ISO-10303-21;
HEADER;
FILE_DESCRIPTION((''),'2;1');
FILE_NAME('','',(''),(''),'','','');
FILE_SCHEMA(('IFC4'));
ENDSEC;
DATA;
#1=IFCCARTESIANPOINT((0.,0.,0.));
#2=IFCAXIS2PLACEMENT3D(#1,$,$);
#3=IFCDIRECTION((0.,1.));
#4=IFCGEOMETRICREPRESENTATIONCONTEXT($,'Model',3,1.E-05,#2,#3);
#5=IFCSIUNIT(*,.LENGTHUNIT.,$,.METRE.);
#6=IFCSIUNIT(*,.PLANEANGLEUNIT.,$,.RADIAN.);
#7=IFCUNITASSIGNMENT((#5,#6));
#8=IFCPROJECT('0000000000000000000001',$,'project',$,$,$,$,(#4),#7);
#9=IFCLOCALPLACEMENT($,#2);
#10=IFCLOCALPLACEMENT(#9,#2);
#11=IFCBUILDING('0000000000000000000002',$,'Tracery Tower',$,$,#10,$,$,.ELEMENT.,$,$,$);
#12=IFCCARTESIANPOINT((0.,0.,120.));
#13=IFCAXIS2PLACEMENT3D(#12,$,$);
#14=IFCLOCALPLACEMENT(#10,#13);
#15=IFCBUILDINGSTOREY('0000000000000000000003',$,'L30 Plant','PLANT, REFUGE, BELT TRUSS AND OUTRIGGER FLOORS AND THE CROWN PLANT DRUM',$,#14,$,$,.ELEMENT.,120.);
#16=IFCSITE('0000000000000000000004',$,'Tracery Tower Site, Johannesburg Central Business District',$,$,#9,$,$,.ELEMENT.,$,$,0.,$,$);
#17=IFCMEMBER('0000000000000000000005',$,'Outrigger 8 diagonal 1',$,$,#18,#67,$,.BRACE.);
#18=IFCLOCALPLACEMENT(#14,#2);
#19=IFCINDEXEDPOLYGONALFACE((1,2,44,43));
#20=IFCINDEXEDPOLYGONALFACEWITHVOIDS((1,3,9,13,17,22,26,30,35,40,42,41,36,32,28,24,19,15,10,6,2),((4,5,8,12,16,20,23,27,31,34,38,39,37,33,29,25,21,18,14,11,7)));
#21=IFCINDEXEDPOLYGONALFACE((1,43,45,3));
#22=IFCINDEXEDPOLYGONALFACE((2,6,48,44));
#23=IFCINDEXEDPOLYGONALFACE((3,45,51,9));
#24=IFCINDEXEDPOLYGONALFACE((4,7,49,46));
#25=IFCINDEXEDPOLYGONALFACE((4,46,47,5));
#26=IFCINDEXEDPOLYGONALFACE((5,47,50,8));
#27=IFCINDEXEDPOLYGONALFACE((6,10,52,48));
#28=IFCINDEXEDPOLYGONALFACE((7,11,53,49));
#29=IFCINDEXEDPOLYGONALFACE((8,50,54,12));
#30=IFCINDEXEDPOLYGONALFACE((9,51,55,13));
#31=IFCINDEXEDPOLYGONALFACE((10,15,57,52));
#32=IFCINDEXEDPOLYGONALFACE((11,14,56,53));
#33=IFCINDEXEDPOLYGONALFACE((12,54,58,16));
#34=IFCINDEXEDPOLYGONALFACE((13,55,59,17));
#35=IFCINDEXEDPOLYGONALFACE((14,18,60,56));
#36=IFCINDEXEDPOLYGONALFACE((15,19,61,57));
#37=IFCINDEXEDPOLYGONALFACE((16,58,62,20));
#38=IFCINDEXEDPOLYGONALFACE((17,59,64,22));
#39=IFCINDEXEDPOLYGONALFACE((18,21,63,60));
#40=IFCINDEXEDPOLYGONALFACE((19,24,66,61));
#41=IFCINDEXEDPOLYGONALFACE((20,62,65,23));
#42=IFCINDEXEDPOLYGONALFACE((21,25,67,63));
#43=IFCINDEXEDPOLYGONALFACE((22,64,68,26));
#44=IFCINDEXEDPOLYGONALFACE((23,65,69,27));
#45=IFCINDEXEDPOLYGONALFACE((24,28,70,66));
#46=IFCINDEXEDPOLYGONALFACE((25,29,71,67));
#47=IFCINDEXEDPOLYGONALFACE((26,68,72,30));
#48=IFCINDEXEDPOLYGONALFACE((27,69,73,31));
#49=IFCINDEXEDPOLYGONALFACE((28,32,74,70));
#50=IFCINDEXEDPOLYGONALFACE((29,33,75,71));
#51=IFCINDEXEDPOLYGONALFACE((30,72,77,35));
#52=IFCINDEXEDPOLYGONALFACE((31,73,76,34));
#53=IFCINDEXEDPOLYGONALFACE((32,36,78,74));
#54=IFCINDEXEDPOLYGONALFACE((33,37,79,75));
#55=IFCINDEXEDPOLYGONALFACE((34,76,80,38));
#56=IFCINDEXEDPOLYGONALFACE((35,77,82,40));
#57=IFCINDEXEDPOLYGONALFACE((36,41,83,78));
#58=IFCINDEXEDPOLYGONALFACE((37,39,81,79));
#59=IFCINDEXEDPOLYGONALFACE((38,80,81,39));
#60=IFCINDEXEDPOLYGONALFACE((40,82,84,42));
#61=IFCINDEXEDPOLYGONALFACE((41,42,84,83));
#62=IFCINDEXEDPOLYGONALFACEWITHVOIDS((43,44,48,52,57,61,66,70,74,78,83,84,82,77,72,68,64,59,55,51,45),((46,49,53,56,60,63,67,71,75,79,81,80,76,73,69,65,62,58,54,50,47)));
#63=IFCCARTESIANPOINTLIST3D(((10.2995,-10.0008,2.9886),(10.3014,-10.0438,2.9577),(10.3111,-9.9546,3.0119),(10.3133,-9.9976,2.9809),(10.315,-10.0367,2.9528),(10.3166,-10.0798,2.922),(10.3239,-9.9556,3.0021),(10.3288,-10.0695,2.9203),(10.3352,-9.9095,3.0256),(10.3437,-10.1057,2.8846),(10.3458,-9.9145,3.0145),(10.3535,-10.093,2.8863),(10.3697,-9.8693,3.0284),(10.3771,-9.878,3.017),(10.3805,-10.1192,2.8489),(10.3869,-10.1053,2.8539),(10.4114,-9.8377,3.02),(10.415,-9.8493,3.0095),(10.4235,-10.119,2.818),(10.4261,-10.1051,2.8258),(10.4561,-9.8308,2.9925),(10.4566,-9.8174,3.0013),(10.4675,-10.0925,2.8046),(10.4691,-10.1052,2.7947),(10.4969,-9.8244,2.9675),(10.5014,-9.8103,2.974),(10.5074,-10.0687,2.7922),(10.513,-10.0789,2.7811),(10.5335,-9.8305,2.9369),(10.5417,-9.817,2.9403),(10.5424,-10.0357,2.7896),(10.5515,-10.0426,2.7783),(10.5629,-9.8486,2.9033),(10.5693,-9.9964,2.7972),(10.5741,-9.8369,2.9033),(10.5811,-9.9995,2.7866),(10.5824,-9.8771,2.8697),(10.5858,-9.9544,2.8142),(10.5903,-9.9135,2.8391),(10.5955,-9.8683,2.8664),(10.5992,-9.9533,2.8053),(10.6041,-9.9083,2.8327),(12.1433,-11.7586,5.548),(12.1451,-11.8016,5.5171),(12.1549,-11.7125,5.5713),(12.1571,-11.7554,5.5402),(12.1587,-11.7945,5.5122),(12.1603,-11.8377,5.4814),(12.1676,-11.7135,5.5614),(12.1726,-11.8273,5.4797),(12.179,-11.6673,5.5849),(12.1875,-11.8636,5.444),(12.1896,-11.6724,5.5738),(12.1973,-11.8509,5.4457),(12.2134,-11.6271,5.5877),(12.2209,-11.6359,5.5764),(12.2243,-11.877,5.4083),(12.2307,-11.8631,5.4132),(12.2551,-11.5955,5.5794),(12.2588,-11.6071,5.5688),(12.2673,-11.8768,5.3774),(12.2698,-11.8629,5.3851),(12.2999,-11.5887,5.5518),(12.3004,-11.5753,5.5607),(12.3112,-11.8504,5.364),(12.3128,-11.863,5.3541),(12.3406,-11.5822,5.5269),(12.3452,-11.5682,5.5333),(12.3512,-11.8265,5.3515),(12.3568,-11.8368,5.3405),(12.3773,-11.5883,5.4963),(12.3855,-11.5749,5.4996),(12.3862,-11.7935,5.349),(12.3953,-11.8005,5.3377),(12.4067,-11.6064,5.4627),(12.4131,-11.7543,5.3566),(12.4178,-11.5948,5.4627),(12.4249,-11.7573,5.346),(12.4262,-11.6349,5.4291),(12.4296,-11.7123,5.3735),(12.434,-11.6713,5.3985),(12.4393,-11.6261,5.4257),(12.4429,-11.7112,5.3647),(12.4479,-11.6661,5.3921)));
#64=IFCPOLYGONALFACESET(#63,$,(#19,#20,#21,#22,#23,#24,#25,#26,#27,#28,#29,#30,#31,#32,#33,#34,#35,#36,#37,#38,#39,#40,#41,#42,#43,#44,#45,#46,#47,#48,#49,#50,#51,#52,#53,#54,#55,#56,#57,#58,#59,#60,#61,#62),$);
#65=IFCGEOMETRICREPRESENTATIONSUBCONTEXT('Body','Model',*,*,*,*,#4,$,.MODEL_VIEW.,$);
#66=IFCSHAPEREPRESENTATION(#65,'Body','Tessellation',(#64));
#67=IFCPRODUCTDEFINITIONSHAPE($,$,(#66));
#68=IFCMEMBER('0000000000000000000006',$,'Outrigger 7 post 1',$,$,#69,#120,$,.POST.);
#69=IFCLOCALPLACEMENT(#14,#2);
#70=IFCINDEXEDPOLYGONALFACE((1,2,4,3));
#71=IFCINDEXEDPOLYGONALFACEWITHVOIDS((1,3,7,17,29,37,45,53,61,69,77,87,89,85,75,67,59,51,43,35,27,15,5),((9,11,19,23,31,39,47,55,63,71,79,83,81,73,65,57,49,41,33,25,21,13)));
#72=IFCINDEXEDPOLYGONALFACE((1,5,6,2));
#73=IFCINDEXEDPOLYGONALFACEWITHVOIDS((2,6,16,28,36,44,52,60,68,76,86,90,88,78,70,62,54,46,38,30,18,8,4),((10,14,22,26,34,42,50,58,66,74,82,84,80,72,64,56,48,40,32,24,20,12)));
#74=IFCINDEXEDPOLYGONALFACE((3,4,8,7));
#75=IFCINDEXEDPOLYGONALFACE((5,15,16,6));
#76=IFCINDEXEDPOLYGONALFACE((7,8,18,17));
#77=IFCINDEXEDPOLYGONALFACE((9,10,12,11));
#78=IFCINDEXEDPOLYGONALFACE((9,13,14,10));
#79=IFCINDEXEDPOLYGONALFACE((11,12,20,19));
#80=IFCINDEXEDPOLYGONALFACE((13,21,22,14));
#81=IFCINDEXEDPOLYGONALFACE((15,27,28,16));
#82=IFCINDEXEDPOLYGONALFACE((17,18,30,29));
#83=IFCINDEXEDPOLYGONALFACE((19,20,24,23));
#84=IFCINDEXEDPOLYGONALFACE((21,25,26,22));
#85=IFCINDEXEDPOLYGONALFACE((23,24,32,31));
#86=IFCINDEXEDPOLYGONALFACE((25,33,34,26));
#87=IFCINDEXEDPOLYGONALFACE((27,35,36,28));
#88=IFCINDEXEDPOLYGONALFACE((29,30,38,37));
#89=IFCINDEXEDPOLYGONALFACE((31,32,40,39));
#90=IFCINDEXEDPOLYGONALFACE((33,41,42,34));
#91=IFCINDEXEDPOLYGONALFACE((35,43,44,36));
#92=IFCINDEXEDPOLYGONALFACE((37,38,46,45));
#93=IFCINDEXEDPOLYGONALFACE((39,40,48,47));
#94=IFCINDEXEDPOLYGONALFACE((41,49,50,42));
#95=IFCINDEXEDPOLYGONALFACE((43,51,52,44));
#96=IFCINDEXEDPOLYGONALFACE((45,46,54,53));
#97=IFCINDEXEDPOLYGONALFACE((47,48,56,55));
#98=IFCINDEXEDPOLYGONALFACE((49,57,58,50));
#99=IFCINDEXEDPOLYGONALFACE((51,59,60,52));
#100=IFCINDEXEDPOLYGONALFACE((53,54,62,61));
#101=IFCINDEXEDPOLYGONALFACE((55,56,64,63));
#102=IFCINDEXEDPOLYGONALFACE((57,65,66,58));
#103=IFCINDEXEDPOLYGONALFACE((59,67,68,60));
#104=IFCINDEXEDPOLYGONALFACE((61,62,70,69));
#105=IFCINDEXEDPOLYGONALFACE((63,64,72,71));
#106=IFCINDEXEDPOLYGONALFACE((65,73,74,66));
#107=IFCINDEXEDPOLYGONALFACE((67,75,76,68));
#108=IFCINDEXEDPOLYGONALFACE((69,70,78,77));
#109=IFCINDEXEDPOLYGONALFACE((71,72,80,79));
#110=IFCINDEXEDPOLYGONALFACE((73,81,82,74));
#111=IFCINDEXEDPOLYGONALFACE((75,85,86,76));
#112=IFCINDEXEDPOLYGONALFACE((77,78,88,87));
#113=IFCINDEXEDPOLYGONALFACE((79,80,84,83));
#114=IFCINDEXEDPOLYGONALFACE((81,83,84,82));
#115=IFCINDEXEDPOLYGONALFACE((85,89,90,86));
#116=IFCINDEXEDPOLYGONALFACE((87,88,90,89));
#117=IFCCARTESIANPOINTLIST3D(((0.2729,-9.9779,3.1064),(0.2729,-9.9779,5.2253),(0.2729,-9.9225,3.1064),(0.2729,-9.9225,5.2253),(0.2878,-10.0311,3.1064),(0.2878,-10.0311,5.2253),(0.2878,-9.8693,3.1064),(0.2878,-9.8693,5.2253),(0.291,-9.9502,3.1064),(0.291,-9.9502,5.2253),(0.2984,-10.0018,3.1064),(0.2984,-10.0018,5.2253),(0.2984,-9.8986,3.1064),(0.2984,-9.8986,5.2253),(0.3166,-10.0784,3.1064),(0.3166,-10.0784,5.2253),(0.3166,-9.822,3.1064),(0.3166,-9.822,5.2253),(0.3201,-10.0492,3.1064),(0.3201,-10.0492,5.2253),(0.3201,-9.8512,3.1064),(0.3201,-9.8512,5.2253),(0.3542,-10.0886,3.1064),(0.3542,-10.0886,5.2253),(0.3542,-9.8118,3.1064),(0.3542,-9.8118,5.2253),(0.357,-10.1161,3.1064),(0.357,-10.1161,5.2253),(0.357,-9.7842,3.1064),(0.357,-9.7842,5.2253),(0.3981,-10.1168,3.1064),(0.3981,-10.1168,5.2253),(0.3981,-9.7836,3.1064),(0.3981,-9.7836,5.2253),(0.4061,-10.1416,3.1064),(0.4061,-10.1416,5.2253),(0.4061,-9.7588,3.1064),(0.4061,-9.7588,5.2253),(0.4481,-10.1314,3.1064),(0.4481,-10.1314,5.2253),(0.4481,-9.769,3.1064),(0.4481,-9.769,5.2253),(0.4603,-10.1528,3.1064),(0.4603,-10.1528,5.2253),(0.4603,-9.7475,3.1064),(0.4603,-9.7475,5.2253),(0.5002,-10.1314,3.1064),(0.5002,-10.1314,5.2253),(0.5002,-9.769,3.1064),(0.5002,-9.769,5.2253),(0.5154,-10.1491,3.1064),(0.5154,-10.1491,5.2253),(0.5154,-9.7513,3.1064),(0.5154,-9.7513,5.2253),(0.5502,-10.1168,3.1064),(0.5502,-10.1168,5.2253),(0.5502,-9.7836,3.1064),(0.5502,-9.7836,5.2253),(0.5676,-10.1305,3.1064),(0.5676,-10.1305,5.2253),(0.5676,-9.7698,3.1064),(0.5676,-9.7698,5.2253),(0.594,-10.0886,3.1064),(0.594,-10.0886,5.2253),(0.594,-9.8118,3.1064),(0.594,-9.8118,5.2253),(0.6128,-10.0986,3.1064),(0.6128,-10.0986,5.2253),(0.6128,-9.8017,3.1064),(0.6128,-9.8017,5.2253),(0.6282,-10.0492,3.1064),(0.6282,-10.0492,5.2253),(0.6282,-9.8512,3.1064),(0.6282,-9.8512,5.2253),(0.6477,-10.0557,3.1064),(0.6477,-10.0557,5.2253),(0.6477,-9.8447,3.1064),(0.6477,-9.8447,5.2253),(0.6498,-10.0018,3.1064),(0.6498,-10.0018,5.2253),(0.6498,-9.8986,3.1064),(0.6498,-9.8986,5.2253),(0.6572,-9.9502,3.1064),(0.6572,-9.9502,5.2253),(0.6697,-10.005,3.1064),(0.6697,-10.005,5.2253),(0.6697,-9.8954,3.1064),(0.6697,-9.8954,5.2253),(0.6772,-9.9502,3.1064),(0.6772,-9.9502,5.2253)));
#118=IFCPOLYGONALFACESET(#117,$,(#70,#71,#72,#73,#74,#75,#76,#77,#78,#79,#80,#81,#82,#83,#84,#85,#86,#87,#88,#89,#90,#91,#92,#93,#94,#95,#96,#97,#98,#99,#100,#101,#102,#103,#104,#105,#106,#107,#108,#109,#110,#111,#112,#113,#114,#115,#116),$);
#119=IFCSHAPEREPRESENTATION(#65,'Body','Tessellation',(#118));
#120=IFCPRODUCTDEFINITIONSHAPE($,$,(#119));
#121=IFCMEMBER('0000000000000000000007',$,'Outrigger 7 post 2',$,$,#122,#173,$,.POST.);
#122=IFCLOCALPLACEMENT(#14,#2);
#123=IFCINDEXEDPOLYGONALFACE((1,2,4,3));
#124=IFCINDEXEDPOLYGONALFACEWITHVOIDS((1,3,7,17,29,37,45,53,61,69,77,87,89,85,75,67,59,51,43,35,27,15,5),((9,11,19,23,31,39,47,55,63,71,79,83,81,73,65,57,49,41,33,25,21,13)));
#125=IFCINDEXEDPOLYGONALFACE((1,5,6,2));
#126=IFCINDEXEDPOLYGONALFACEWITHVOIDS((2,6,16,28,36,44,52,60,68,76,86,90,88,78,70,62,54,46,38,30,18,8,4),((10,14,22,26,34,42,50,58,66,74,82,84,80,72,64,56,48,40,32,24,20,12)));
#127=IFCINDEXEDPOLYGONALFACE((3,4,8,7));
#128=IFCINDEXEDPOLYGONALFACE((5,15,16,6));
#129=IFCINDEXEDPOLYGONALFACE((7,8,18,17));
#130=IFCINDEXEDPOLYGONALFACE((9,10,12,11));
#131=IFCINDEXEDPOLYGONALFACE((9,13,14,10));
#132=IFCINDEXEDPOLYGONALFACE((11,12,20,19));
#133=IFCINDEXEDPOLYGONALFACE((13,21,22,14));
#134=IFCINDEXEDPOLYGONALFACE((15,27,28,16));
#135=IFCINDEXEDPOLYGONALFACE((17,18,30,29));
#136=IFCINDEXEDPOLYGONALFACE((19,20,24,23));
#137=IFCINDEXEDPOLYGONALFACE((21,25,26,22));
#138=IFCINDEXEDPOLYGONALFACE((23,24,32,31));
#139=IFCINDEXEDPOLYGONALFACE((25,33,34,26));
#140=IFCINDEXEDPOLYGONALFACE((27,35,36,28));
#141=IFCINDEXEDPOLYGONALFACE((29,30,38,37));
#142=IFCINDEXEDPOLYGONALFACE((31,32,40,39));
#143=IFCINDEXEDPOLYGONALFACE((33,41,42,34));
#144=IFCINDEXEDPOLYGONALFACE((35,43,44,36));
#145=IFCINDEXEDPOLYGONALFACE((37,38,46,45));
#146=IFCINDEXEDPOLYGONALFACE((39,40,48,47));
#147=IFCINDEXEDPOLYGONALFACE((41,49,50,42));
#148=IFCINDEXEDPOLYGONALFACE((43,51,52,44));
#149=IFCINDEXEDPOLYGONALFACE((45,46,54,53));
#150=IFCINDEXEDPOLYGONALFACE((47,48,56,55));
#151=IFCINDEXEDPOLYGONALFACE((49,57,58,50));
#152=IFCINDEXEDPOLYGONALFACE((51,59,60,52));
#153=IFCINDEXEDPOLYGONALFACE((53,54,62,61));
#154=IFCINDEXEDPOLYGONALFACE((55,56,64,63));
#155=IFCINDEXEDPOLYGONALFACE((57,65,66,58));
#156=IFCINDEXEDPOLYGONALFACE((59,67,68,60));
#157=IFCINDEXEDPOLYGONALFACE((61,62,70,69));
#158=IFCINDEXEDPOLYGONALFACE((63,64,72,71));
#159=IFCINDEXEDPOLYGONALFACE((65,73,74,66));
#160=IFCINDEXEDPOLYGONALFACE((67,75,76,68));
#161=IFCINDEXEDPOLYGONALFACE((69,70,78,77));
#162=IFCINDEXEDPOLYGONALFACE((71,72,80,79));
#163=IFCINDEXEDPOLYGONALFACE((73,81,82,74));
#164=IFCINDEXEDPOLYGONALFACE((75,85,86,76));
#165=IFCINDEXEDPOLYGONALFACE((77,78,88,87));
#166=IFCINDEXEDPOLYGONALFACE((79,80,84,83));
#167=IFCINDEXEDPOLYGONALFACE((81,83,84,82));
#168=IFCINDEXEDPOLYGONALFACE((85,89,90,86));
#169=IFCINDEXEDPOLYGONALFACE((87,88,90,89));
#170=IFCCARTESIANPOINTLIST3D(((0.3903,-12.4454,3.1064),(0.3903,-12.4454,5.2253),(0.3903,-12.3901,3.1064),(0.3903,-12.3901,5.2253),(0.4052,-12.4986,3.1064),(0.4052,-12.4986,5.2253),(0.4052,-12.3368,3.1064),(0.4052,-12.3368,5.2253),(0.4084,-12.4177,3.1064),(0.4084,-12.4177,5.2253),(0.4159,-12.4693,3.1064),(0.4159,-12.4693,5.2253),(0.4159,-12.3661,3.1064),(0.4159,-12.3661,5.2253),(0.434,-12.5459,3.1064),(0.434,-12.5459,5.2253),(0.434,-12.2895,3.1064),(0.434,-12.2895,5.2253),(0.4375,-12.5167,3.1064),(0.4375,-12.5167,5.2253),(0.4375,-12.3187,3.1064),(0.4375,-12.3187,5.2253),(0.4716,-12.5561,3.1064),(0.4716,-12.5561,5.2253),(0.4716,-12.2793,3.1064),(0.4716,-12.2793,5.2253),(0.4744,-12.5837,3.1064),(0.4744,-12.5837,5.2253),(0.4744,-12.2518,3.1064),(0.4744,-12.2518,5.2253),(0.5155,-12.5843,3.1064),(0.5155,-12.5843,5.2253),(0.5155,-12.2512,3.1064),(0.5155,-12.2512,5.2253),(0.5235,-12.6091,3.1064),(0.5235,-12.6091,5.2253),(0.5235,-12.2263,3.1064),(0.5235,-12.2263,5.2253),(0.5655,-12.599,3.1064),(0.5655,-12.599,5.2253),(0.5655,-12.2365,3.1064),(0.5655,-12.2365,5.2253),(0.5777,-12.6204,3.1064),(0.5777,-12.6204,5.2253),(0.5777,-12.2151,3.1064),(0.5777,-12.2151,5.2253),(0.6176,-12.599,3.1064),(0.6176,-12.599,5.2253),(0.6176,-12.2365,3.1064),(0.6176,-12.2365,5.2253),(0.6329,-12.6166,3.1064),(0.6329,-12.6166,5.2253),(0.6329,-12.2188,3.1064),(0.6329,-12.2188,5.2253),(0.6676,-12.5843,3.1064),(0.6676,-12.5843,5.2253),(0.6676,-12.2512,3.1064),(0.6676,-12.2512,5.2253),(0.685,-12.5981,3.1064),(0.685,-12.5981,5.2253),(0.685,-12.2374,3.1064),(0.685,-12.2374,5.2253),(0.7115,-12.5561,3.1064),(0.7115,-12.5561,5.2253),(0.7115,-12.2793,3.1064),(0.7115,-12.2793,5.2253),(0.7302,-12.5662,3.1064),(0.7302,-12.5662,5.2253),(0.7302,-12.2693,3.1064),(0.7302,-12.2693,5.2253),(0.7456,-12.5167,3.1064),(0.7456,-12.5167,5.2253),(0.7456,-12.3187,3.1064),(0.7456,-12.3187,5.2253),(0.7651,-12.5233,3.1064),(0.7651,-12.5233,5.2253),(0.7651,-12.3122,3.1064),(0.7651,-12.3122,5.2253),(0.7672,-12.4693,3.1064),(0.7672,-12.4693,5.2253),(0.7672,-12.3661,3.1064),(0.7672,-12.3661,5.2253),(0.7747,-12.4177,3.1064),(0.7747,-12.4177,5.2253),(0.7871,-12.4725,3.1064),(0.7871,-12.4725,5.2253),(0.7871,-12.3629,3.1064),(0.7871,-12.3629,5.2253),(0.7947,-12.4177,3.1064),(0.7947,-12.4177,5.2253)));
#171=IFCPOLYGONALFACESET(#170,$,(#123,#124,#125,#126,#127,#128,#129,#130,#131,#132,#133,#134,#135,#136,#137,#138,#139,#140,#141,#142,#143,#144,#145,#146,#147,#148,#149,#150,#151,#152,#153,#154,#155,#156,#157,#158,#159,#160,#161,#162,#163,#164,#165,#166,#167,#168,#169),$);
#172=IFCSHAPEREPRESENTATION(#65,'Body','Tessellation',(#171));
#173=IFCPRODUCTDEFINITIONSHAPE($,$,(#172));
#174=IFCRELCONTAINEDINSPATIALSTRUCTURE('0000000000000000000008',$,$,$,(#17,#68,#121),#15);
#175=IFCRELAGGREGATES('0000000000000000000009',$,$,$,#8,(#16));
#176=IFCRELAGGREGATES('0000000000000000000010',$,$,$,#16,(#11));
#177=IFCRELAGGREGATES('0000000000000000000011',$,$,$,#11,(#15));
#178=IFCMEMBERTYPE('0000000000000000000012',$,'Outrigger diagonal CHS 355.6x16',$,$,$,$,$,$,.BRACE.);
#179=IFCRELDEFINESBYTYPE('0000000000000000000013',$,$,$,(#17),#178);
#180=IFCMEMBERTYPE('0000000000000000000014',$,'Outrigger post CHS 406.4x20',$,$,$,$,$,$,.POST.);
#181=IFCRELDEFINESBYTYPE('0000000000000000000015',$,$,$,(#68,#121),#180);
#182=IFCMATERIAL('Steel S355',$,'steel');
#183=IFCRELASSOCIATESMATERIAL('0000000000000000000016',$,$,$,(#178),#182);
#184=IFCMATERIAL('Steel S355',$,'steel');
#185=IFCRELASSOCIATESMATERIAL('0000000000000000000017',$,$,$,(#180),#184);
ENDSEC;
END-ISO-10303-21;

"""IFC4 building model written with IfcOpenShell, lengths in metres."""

from ifc_helpers import new_model, si_unit, direction, frame, origin, origin_2d, place, context, subcontext, project, spatial, hollow_circle, extrude, material, material_profile, profile_set, type_object, element, save


model = new_model("IFC4")

# Units and contexts
model_context = context("Model", 3, precision=1e-05, world=origin(), true_north=direction((0.0, 1.0)))
body_context = subcontext(model_context, "Body", "Model", "MODEL_VIEW")
ifc_project = project(units=[si_unit("LENGTHUNIT", "METRE"), si_unit("PLANEANGLEUNIT", "RADIAN")], contexts=[model_context])

# Site, building, storey
site_placement = place(None, origin())
site = spatial("IfcSite", under=ifc_project, at=site_placement, Name="Tracery Tower Site, Johannesburg Central Business District", CompositionType="ELEMENT", RefElevation=0.0)
building_placement = place(site_placement, origin())
building = spatial("IfcBuilding", under=site, at=building_placement, Name="Tracery Tower", CompositionType="ELEMENT")
storey_placement = place(building_placement, frame((0.0, 0.0, 120.0)))
storey = spatial("IfcBuildingStorey", under=building, at=storey_placement, Name="L30 Plant", Description="PLANT, REFUGE, BELT TRUSS AND OUTRIGGER FLOORS AND THE CROWN PLANT DRUM", CompositionType="ELEMENT", Elevation=120.0)

# Members
ifc_material_1 = material(Name="Steel S355", Category="steel")
ifc_material_profile_1 = material_profile(ifc_material_1, hollow_circle(Radius=0.1777, WallThickness=0.0161, at=origin_2d()), Name="CHS 355.6x16")
ifc_profile_set_1 = profile_set([ifc_material_profile_1], Name="Steel S355")
member_type_1 = type_object("IfcMemberType", Name="Outrigger diagonal CHS 355.6x16", PredefinedType="BRACE", material=ifc_profile_set_1)
member_1_placement = place(storey_placement, frame((10.4514, -9.9656, 2.9033), z_axis=(0.51059, -0.486791, 0.708754), x_axis=(0.690038, 0.723773, 0.0)))
element("IfcMember", 1, at=member_1_placement, inside=storey, type_object=member_type_1, Name="Outrigger 8 diagonal 1", PredefinedType="BRACE", context=body_context, shape_type="SweptSolid", body=[
    extrude(hollow_circle(Radius=0.1777, WallThickness=0.0161, at=origin_2d()), origin(), (0.0, 0.0, 1.0), 3.6111),
])
ifc_material_2 = material(Name="Steel S355", Category="steel")
ifc_material_profile_2 = material_profile(ifc_material_2, hollow_circle(Radius=0.2031, WallThickness=0.02, at=origin_2d()), Name="CHS 406.4x20")
ifc_profile_set_2 = profile_set([ifc_material_profile_2], Name="Steel S355")
member_type_2 = type_object("IfcMemberType", Name="Outrigger post CHS 406.4x20", PredefinedType="POST", material=ifc_profile_set_2)
for number, where, z_axis, x_axis, name in (
    (2, (0.4741, -9.9502, 3.1064), (0.0, 0.0, 1.0), (1.0, 0.0, 0.0), "Outrigger 7 post 1"),
    (3, (0.5916, -12.4177, 3.1064), (0.0, 0.0, 1.0), (1.0, 0.0, 0.0), "Outrigger 7 post 2"),
):
    element("IfcMember", number, at=place(storey_placement, frame(where, z_axis=z_axis, x_axis=x_axis)), inside=storey, type_object=member_type_2, Name=name, PredefinedType="POST", context=body_context, shape_type="SweptSolid", body=[
        extrude(hollow_circle(Radius=0.2031, WallThickness=0.02, at=origin_2d()), origin(), (0.0, 0.0, 1.0), 2.1189),
    ])

save(model, "model.ifc")
